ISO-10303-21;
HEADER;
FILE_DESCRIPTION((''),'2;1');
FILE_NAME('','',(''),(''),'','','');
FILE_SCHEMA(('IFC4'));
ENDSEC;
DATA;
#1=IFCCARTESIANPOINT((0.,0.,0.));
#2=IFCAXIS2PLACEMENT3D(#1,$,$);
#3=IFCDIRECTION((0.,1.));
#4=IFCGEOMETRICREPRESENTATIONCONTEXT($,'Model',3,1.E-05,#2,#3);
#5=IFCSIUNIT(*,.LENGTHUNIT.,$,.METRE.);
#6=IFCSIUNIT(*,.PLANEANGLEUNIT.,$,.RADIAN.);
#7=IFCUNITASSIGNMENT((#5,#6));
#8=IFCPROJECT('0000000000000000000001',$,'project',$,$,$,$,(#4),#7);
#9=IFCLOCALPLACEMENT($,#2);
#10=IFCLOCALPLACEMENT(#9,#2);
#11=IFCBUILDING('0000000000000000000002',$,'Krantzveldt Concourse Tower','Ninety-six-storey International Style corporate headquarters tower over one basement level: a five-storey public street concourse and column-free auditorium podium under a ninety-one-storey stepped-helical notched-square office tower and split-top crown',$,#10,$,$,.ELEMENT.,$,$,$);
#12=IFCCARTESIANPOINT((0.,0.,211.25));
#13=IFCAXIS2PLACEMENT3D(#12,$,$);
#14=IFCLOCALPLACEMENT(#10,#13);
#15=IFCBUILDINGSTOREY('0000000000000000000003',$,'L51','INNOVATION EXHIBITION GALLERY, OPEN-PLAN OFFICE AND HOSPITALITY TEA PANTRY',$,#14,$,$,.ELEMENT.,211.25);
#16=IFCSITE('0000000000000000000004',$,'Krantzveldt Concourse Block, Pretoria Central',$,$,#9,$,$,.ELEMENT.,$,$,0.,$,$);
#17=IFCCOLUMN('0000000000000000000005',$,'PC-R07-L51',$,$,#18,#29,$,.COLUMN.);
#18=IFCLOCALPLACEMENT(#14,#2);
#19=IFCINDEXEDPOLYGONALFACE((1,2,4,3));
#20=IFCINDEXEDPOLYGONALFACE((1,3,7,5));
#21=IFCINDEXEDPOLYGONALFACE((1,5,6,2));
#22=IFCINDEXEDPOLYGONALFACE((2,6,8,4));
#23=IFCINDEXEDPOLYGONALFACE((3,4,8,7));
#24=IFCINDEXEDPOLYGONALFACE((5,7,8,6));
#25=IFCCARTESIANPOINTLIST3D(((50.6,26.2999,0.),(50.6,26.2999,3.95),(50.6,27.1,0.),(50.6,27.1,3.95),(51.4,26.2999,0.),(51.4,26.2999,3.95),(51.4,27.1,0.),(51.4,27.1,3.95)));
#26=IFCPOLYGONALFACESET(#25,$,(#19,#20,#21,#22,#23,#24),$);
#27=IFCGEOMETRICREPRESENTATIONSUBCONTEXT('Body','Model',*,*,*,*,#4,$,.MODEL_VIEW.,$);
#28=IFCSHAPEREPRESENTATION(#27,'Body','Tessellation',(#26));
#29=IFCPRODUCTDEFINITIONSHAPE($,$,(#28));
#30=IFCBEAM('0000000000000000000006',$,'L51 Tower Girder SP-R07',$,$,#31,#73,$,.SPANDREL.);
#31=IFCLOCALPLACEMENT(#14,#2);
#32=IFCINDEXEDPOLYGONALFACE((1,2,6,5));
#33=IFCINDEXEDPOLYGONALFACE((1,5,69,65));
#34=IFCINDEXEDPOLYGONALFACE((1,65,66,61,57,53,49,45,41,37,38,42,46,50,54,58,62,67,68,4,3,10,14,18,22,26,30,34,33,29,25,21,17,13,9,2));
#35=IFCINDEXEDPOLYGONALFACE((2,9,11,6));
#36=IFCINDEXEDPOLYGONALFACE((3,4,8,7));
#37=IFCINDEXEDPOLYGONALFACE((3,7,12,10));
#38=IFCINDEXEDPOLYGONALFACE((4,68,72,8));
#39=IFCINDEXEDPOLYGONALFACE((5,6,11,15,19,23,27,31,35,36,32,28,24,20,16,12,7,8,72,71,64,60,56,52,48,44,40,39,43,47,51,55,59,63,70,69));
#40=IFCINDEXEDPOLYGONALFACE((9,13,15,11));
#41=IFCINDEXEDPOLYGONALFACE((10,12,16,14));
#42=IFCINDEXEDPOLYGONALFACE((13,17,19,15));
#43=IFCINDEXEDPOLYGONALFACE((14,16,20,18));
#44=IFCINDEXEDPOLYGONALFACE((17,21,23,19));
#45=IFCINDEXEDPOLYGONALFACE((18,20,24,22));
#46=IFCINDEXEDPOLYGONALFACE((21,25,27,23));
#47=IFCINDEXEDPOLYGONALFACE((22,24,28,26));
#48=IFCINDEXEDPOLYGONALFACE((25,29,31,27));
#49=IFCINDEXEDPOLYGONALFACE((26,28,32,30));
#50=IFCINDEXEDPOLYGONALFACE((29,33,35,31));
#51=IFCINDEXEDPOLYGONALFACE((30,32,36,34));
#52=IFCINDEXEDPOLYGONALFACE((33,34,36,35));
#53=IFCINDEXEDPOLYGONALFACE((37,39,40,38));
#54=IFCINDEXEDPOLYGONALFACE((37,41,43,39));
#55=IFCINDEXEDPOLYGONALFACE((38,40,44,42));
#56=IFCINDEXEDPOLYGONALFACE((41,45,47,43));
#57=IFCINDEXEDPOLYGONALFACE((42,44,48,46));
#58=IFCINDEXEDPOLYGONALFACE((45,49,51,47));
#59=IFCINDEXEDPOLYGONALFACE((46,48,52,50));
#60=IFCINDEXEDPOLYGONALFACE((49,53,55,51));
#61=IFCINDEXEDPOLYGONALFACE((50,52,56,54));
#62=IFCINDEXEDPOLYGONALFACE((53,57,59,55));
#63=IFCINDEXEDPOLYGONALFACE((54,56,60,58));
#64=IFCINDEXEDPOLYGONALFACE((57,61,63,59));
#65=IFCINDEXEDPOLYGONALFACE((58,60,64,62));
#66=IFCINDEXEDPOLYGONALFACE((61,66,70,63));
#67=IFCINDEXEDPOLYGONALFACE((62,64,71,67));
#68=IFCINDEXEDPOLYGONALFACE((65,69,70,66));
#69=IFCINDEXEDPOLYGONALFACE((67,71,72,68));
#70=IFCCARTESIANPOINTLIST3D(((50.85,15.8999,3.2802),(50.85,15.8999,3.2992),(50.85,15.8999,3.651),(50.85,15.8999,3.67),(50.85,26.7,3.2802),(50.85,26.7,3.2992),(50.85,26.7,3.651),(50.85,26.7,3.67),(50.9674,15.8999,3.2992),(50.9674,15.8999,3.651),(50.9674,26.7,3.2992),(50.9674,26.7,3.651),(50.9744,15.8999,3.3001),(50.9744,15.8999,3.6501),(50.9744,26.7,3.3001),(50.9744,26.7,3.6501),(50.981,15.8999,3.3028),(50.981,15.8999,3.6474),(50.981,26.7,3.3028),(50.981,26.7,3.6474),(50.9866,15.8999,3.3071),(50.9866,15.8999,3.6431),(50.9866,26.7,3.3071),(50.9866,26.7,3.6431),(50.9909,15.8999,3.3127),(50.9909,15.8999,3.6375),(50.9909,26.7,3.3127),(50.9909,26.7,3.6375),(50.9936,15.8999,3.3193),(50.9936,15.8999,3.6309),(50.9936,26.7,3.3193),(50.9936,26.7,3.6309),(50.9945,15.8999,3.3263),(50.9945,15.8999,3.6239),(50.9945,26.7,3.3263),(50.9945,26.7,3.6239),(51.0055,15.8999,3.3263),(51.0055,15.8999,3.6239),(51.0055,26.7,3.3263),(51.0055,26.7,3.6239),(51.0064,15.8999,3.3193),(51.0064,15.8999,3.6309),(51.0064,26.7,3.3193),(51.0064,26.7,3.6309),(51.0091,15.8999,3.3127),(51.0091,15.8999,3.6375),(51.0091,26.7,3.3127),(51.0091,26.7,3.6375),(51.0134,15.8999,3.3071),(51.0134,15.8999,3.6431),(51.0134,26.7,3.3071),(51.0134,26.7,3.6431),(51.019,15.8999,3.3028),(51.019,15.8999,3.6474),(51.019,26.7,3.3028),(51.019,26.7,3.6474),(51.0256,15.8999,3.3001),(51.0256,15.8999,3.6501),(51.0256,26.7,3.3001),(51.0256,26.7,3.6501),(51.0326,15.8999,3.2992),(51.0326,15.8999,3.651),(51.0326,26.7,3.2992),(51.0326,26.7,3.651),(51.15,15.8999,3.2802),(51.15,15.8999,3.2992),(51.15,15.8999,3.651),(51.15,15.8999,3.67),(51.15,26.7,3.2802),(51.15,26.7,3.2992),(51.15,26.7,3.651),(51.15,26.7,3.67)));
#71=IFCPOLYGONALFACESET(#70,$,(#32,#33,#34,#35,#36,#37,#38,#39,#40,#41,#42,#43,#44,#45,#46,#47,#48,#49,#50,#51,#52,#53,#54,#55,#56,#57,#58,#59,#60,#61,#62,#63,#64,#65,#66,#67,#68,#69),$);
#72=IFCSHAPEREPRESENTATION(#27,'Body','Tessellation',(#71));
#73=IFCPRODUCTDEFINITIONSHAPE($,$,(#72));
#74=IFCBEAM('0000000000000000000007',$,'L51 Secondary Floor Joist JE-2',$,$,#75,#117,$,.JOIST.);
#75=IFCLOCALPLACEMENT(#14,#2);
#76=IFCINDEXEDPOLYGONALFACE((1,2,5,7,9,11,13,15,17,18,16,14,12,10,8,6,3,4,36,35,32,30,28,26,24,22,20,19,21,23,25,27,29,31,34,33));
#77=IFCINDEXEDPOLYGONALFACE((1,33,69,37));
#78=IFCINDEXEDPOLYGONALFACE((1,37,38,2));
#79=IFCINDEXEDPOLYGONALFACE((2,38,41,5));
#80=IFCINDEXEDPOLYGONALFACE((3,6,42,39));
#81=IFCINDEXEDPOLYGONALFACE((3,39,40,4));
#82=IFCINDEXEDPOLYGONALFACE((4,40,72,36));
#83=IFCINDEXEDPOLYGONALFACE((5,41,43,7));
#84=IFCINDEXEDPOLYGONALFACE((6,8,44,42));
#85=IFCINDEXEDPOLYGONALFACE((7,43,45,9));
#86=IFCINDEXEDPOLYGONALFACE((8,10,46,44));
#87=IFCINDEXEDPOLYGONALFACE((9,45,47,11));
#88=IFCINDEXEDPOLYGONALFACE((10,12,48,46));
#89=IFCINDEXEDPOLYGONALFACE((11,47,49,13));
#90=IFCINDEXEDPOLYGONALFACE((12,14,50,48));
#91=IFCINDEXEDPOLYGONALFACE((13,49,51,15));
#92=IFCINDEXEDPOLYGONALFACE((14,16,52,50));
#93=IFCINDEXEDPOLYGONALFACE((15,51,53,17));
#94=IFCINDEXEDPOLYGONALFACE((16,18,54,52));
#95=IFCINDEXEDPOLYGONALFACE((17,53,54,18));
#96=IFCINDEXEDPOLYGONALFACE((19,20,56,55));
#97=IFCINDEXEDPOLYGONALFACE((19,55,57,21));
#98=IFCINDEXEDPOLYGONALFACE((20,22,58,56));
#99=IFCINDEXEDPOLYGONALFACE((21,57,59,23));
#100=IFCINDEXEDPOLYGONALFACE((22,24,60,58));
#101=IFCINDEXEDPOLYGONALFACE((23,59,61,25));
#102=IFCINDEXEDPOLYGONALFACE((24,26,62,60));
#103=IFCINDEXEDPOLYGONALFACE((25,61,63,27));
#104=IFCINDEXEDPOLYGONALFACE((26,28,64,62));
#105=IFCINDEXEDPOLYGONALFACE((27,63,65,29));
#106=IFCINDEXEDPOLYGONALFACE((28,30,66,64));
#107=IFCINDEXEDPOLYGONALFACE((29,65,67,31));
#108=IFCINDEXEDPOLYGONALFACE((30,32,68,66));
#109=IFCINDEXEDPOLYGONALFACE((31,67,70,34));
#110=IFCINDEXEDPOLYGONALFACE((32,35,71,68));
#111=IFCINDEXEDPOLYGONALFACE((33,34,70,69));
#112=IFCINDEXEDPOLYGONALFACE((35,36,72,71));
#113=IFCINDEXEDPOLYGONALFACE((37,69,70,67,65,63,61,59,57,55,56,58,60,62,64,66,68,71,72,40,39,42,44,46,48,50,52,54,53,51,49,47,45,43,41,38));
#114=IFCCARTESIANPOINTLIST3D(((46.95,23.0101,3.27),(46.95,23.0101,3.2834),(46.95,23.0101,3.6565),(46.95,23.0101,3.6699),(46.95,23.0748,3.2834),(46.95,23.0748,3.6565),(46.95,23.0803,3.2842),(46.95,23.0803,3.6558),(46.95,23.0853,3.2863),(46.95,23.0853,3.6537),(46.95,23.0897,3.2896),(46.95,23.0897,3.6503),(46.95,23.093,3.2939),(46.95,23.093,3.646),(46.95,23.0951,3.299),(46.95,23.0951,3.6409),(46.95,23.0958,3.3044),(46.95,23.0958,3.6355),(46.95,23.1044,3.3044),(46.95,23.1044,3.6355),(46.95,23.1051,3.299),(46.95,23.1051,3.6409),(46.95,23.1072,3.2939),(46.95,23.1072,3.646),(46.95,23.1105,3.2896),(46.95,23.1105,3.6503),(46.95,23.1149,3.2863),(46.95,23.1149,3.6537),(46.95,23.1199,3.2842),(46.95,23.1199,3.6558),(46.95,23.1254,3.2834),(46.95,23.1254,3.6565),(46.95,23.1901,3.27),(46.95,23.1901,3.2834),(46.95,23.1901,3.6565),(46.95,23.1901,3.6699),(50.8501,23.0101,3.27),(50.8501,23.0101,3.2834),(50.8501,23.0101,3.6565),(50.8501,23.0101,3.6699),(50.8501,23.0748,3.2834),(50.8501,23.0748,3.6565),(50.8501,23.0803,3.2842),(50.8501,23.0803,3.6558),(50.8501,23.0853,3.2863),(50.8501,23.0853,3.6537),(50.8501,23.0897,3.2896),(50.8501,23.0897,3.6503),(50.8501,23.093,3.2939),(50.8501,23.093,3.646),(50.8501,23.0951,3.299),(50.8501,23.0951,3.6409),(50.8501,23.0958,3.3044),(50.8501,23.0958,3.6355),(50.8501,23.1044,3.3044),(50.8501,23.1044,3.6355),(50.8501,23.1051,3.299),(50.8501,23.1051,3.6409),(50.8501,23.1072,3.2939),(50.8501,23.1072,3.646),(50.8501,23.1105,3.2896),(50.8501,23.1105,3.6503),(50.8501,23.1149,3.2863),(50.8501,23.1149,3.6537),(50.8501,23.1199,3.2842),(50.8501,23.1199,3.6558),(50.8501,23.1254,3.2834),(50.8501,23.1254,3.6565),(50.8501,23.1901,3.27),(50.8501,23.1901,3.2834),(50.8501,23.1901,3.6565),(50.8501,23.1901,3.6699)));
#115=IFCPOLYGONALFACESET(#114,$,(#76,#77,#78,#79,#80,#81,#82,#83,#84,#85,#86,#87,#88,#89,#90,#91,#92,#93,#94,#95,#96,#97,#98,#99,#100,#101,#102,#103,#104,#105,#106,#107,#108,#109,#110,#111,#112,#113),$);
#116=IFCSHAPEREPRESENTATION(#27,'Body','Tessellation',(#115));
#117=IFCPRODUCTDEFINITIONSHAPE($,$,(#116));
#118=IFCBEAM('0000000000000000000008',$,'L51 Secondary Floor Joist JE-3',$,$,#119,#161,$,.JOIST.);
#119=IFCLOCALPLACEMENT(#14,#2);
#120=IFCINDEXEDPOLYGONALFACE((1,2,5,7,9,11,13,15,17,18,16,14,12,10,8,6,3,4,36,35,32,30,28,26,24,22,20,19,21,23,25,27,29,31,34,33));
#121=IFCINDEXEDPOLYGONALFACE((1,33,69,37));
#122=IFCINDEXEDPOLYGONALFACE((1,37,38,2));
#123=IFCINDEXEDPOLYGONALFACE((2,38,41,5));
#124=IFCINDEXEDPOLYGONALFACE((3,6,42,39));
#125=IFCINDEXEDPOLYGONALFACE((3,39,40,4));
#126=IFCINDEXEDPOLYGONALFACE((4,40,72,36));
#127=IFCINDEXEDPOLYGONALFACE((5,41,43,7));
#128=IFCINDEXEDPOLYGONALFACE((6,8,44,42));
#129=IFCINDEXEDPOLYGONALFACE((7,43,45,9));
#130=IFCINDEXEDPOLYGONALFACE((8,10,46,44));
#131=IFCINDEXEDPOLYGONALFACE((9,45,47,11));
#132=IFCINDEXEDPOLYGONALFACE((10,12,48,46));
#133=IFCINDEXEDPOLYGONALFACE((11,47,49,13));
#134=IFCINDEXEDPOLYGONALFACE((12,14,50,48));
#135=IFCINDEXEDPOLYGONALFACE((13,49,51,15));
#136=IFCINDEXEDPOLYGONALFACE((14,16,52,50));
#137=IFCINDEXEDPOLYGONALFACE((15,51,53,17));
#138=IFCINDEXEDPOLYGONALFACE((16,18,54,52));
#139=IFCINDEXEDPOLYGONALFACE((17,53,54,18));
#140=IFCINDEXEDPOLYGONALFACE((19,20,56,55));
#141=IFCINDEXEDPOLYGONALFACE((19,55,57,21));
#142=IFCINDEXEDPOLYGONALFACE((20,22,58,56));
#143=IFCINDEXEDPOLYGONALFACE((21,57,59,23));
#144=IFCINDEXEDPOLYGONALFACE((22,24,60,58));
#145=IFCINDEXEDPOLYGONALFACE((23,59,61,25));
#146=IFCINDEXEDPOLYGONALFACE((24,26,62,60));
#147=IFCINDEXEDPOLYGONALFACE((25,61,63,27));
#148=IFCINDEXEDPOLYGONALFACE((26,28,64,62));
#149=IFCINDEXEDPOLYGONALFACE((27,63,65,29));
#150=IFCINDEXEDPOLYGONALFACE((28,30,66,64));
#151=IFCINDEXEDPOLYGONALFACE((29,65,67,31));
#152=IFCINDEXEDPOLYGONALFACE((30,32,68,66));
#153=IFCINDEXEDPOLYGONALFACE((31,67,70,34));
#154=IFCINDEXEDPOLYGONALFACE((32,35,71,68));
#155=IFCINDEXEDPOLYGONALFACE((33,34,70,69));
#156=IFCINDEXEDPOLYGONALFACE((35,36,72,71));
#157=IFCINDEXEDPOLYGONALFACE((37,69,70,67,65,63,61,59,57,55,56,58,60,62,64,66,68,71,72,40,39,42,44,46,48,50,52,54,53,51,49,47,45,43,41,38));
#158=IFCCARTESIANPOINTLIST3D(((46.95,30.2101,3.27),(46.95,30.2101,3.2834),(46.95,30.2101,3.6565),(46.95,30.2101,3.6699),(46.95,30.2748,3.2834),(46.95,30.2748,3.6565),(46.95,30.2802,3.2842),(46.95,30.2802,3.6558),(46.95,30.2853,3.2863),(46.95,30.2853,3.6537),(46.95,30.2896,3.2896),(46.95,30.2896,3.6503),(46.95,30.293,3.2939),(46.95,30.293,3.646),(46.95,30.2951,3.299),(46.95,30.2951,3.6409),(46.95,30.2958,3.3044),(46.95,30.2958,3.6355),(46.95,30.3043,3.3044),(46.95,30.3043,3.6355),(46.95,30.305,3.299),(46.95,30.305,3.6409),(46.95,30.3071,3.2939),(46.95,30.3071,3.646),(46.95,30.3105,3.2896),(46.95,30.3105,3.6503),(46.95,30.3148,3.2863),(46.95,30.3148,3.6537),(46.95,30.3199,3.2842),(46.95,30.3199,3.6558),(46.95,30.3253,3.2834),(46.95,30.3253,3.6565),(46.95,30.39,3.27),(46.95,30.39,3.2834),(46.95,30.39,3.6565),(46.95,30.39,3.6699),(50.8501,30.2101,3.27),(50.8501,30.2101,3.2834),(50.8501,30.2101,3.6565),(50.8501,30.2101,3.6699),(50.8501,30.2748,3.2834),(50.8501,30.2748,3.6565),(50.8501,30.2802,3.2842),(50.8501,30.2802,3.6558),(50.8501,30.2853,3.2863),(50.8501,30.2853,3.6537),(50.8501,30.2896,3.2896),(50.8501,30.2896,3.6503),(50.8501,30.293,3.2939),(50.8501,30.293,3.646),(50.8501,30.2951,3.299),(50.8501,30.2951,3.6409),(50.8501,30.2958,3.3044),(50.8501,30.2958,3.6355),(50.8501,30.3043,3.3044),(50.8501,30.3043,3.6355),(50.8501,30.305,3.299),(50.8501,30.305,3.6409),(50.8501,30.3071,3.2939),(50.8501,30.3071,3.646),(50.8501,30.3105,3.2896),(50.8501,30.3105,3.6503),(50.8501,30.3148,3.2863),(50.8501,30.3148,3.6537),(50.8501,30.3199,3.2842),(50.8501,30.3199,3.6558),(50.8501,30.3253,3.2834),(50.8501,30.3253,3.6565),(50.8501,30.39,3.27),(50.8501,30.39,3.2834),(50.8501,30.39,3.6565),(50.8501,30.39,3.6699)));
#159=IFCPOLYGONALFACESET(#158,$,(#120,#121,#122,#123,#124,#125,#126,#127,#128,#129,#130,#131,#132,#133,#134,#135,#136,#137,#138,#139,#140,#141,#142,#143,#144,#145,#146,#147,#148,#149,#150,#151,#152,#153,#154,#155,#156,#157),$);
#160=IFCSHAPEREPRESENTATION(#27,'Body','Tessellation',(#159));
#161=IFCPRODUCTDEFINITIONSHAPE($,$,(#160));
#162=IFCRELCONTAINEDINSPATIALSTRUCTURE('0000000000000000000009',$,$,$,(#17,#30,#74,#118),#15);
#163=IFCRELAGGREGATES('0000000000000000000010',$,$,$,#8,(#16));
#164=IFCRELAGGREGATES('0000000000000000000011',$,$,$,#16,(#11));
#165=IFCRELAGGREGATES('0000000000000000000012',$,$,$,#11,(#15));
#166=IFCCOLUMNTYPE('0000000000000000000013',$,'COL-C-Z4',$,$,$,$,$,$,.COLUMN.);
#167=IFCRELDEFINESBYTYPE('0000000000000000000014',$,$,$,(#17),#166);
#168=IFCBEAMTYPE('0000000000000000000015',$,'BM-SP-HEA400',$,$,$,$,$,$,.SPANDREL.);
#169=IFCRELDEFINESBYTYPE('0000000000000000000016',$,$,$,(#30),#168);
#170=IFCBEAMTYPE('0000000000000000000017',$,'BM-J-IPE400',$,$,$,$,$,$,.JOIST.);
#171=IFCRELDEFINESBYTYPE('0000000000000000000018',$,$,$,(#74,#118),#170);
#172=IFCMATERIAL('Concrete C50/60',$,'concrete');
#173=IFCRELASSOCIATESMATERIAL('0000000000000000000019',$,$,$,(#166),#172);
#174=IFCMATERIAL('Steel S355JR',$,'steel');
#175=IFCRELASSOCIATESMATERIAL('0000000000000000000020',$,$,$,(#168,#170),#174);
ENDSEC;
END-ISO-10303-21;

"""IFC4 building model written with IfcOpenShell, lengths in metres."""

from ifc_helpers import new_model, si_unit, direction, frame, origin, origin_2d, place, context, subcontext, project, spatial, rectangle, i_section, extrude, source, transform, mapped, material, material_profile, profile_set, type_object, type_shapes, element, save


model = new_model("IFC4")

# Units and contexts
model_context = context("Model", 3, precision=1e-05, world=origin(), true_north=direction((0.0, 1.0)))
body_context = subcontext(model_context, "Body", "Model", "MODEL_VIEW")
ifc_project = project(units=[si_unit("LENGTHUNIT", "METRE"), si_unit("PLANEANGLEUNIT", "RADIAN")], contexts=[model_context])

# Site, building, storey
site_placement = place(None, origin())
site = spatial("IfcSite", under=ifc_project, at=site_placement, Name="Krantzveldt Concourse Block, Pretoria Central", CompositionType="ELEMENT", RefElevation=0.0)
building_placement = place(site_placement, origin())
building = spatial("IfcBuilding", under=site, at=building_placement, Name="Krantzveldt Concourse Tower", Description="Ninety-six-storey International Style corporate headquarters tower over one basement level: a five-storey public street concourse and column-free auditorium podium under a ninety-one-storey stepped-helical notched-square office tower and split-top crown", CompositionType="ELEMENT")
storey_placement = place(building_placement, frame((0.0, 0.0, 211.25)))
storey = spatial("IfcBuildingStorey", under=building, at=storey_placement, Name="L51", Description="INNOVATION EXHIBITION GALLERY, OPEN-PLAN OFFICE AND HOSPITALITY TEA PANTRY", CompositionType="ELEMENT", Elevation=211.25)

# Column
ifc_material_1 = material(Name="Concrete C50/60", Category="concrete")
ifc_material_profile_1 = material_profile(ifc_material_1, rectangle(XDim=0.8, YDim=0.8, at=origin_2d()), Name="Concrete C50/60", Category="concrete")
ifc_profile_set_1 = profile_set([ifc_material_profile_1], Name="Concrete C50/60 - RC 800x800")
column_type = type_object("IfcColumnType", Name="COL-C-Z4", PredefinedType="COLUMN", material=ifc_profile_set_1)
shared_shape_1 = source(origin(), body_context, "Body", "SweptSolid", [
    extrude(rectangle(XDim=0.8, YDim=0.8, at=origin_2d()), origin(), (0.0, 0.0, 1.0), 3.95),
])
type_shapes(column_type, [shared_shape_1])
column_placement = place(storey_placement, frame((51.0, 26.7, 0.0), z_axis=(0.0, 0.0, 1.0), x_axis=(1.0, 0.0, 0.0)))
element("IfcColumn", 1, at=column_placement, inside=storey, type_object=column_type, Name="PC-R07-L51", PredefinedType="COLUMN", context=body_context, shape_type="MappedRepresentation", body=[
    mapped(shared_shape_1, transform((0.0, 0.0, 0.0), x_axis=(1.0, 0.0, 0.0), y_axis=(0.0, 1.0, 0.0), z_axis=(0.0, 0.0, 1.0), scale=1.0)),
])

# Beams
ifc_material_2 = material(Name="Steel S355JR", Category="steel")
ifc_material_profile_2 = material_profile(ifc_material_2, i_section(OverallWidth=0.3, OverallDepth=0.3899, WebThickness=0.011, FlangeThickness=0.019, FilletRadius=0.0271, at=origin_2d()), Name="Steel S355JR", Category="steel")
ifc_profile_set_2 = profile_set([ifc_material_profile_2], Name="Steel S355JR - HEA 400")
beam_type_1 = type_object("IfcBeamType", Name="BM-SP-HEA400", PredefinedType="SPANDREL", material=ifc_profile_set_2)
shared_shape_2 = source(origin(), body_context, "Body", "SweptSolid", [
    extrude(i_section(OverallWidth=0.3, OverallDepth=0.3899, WebThickness=0.011, FlangeThickness=0.019, FilletRadius=0.0271, at=origin_2d()), origin(), (0.0, 0.0, 1.0), 10.8),
])
type_shapes(beam_type_1, [shared_shape_2])
beam_placement = place(storey_placement, frame((51.0, 26.7, 3.4751), z_axis=(0.0, -1.0, 0.0), x_axis=(1.0, 0.0, 0.0)))
element("IfcBeam", 2, at=beam_placement, inside=storey, type_object=beam_type_1, Name="L51 Tower Girder SP-R07", PredefinedType="SPANDREL", context=body_context, shape_type="MappedRepresentation", body=[
    mapped(shared_shape_2, transform((0.0, 0.0, 0.0), x_axis=(1.0, 0.0, 0.0), y_axis=(0.0, 1.0, 0.0), z_axis=(0.0, 0.0, 1.0), scale=1.0)),
])
ifc_material_profile_3 = material_profile(ifc_material_2, i_section(OverallWidth=0.1799, OverallDepth=0.3999, WebThickness=0.0085, FlangeThickness=0.0134, FilletRadius=0.021, at=origin_2d()), Name="Steel S355JR", Category="steel")
ifc_profile_set_3 = profile_set([ifc_material_profile_3], Name="Steel S355JR - IPE 400")
beam_type_2 = type_object("IfcBeamType", Name="BM-J-IPE400", PredefinedType="JOIST", material=ifc_profile_set_3)
shared_shape_3 = source(origin(), body_context, "Body", "SweptSolid", [
    extrude(i_section(OverallWidth=0.1799, OverallDepth=0.3999, WebThickness=0.0085, FlangeThickness=0.0134, FilletRadius=0.021, at=origin_2d()), origin(), (0.0, 0.0, 1.0), 3.9001),
])
type_shapes(beam_type_2, [shared_shape_3])
for number, where, z_axis, x_axis, name in (
    (3, (46.95, 23.1001, 3.47), (1.0, 0.0, 0.0), (0.0, 1.0, 0.0), "L51 Secondary Floor Joist JE-2"),
    (4, (46.95, 30.3, 3.47), (1.0, 0.0, 0.0), (0.0, 1.0, 0.0), "L51 Secondary Floor Joist JE-3"),
):
    element("IfcBeam", number, at=place(storey_placement, frame(where, z_axis=z_axis, x_axis=x_axis)), inside=storey, type_object=beam_type_2, Name=name, PredefinedType="JOIST", context=body_context, shape_type="MappedRepresentation", body=[
        mapped(shared_shape_3, transform((0.0, 0.0, 0.0), x_axis=(1.0, 0.0, 0.0), y_axis=(0.0, 1.0, 0.0), z_axis=(0.0, 0.0, 1.0), scale=1.0)),
    ])

save(model, "model.ifc")
